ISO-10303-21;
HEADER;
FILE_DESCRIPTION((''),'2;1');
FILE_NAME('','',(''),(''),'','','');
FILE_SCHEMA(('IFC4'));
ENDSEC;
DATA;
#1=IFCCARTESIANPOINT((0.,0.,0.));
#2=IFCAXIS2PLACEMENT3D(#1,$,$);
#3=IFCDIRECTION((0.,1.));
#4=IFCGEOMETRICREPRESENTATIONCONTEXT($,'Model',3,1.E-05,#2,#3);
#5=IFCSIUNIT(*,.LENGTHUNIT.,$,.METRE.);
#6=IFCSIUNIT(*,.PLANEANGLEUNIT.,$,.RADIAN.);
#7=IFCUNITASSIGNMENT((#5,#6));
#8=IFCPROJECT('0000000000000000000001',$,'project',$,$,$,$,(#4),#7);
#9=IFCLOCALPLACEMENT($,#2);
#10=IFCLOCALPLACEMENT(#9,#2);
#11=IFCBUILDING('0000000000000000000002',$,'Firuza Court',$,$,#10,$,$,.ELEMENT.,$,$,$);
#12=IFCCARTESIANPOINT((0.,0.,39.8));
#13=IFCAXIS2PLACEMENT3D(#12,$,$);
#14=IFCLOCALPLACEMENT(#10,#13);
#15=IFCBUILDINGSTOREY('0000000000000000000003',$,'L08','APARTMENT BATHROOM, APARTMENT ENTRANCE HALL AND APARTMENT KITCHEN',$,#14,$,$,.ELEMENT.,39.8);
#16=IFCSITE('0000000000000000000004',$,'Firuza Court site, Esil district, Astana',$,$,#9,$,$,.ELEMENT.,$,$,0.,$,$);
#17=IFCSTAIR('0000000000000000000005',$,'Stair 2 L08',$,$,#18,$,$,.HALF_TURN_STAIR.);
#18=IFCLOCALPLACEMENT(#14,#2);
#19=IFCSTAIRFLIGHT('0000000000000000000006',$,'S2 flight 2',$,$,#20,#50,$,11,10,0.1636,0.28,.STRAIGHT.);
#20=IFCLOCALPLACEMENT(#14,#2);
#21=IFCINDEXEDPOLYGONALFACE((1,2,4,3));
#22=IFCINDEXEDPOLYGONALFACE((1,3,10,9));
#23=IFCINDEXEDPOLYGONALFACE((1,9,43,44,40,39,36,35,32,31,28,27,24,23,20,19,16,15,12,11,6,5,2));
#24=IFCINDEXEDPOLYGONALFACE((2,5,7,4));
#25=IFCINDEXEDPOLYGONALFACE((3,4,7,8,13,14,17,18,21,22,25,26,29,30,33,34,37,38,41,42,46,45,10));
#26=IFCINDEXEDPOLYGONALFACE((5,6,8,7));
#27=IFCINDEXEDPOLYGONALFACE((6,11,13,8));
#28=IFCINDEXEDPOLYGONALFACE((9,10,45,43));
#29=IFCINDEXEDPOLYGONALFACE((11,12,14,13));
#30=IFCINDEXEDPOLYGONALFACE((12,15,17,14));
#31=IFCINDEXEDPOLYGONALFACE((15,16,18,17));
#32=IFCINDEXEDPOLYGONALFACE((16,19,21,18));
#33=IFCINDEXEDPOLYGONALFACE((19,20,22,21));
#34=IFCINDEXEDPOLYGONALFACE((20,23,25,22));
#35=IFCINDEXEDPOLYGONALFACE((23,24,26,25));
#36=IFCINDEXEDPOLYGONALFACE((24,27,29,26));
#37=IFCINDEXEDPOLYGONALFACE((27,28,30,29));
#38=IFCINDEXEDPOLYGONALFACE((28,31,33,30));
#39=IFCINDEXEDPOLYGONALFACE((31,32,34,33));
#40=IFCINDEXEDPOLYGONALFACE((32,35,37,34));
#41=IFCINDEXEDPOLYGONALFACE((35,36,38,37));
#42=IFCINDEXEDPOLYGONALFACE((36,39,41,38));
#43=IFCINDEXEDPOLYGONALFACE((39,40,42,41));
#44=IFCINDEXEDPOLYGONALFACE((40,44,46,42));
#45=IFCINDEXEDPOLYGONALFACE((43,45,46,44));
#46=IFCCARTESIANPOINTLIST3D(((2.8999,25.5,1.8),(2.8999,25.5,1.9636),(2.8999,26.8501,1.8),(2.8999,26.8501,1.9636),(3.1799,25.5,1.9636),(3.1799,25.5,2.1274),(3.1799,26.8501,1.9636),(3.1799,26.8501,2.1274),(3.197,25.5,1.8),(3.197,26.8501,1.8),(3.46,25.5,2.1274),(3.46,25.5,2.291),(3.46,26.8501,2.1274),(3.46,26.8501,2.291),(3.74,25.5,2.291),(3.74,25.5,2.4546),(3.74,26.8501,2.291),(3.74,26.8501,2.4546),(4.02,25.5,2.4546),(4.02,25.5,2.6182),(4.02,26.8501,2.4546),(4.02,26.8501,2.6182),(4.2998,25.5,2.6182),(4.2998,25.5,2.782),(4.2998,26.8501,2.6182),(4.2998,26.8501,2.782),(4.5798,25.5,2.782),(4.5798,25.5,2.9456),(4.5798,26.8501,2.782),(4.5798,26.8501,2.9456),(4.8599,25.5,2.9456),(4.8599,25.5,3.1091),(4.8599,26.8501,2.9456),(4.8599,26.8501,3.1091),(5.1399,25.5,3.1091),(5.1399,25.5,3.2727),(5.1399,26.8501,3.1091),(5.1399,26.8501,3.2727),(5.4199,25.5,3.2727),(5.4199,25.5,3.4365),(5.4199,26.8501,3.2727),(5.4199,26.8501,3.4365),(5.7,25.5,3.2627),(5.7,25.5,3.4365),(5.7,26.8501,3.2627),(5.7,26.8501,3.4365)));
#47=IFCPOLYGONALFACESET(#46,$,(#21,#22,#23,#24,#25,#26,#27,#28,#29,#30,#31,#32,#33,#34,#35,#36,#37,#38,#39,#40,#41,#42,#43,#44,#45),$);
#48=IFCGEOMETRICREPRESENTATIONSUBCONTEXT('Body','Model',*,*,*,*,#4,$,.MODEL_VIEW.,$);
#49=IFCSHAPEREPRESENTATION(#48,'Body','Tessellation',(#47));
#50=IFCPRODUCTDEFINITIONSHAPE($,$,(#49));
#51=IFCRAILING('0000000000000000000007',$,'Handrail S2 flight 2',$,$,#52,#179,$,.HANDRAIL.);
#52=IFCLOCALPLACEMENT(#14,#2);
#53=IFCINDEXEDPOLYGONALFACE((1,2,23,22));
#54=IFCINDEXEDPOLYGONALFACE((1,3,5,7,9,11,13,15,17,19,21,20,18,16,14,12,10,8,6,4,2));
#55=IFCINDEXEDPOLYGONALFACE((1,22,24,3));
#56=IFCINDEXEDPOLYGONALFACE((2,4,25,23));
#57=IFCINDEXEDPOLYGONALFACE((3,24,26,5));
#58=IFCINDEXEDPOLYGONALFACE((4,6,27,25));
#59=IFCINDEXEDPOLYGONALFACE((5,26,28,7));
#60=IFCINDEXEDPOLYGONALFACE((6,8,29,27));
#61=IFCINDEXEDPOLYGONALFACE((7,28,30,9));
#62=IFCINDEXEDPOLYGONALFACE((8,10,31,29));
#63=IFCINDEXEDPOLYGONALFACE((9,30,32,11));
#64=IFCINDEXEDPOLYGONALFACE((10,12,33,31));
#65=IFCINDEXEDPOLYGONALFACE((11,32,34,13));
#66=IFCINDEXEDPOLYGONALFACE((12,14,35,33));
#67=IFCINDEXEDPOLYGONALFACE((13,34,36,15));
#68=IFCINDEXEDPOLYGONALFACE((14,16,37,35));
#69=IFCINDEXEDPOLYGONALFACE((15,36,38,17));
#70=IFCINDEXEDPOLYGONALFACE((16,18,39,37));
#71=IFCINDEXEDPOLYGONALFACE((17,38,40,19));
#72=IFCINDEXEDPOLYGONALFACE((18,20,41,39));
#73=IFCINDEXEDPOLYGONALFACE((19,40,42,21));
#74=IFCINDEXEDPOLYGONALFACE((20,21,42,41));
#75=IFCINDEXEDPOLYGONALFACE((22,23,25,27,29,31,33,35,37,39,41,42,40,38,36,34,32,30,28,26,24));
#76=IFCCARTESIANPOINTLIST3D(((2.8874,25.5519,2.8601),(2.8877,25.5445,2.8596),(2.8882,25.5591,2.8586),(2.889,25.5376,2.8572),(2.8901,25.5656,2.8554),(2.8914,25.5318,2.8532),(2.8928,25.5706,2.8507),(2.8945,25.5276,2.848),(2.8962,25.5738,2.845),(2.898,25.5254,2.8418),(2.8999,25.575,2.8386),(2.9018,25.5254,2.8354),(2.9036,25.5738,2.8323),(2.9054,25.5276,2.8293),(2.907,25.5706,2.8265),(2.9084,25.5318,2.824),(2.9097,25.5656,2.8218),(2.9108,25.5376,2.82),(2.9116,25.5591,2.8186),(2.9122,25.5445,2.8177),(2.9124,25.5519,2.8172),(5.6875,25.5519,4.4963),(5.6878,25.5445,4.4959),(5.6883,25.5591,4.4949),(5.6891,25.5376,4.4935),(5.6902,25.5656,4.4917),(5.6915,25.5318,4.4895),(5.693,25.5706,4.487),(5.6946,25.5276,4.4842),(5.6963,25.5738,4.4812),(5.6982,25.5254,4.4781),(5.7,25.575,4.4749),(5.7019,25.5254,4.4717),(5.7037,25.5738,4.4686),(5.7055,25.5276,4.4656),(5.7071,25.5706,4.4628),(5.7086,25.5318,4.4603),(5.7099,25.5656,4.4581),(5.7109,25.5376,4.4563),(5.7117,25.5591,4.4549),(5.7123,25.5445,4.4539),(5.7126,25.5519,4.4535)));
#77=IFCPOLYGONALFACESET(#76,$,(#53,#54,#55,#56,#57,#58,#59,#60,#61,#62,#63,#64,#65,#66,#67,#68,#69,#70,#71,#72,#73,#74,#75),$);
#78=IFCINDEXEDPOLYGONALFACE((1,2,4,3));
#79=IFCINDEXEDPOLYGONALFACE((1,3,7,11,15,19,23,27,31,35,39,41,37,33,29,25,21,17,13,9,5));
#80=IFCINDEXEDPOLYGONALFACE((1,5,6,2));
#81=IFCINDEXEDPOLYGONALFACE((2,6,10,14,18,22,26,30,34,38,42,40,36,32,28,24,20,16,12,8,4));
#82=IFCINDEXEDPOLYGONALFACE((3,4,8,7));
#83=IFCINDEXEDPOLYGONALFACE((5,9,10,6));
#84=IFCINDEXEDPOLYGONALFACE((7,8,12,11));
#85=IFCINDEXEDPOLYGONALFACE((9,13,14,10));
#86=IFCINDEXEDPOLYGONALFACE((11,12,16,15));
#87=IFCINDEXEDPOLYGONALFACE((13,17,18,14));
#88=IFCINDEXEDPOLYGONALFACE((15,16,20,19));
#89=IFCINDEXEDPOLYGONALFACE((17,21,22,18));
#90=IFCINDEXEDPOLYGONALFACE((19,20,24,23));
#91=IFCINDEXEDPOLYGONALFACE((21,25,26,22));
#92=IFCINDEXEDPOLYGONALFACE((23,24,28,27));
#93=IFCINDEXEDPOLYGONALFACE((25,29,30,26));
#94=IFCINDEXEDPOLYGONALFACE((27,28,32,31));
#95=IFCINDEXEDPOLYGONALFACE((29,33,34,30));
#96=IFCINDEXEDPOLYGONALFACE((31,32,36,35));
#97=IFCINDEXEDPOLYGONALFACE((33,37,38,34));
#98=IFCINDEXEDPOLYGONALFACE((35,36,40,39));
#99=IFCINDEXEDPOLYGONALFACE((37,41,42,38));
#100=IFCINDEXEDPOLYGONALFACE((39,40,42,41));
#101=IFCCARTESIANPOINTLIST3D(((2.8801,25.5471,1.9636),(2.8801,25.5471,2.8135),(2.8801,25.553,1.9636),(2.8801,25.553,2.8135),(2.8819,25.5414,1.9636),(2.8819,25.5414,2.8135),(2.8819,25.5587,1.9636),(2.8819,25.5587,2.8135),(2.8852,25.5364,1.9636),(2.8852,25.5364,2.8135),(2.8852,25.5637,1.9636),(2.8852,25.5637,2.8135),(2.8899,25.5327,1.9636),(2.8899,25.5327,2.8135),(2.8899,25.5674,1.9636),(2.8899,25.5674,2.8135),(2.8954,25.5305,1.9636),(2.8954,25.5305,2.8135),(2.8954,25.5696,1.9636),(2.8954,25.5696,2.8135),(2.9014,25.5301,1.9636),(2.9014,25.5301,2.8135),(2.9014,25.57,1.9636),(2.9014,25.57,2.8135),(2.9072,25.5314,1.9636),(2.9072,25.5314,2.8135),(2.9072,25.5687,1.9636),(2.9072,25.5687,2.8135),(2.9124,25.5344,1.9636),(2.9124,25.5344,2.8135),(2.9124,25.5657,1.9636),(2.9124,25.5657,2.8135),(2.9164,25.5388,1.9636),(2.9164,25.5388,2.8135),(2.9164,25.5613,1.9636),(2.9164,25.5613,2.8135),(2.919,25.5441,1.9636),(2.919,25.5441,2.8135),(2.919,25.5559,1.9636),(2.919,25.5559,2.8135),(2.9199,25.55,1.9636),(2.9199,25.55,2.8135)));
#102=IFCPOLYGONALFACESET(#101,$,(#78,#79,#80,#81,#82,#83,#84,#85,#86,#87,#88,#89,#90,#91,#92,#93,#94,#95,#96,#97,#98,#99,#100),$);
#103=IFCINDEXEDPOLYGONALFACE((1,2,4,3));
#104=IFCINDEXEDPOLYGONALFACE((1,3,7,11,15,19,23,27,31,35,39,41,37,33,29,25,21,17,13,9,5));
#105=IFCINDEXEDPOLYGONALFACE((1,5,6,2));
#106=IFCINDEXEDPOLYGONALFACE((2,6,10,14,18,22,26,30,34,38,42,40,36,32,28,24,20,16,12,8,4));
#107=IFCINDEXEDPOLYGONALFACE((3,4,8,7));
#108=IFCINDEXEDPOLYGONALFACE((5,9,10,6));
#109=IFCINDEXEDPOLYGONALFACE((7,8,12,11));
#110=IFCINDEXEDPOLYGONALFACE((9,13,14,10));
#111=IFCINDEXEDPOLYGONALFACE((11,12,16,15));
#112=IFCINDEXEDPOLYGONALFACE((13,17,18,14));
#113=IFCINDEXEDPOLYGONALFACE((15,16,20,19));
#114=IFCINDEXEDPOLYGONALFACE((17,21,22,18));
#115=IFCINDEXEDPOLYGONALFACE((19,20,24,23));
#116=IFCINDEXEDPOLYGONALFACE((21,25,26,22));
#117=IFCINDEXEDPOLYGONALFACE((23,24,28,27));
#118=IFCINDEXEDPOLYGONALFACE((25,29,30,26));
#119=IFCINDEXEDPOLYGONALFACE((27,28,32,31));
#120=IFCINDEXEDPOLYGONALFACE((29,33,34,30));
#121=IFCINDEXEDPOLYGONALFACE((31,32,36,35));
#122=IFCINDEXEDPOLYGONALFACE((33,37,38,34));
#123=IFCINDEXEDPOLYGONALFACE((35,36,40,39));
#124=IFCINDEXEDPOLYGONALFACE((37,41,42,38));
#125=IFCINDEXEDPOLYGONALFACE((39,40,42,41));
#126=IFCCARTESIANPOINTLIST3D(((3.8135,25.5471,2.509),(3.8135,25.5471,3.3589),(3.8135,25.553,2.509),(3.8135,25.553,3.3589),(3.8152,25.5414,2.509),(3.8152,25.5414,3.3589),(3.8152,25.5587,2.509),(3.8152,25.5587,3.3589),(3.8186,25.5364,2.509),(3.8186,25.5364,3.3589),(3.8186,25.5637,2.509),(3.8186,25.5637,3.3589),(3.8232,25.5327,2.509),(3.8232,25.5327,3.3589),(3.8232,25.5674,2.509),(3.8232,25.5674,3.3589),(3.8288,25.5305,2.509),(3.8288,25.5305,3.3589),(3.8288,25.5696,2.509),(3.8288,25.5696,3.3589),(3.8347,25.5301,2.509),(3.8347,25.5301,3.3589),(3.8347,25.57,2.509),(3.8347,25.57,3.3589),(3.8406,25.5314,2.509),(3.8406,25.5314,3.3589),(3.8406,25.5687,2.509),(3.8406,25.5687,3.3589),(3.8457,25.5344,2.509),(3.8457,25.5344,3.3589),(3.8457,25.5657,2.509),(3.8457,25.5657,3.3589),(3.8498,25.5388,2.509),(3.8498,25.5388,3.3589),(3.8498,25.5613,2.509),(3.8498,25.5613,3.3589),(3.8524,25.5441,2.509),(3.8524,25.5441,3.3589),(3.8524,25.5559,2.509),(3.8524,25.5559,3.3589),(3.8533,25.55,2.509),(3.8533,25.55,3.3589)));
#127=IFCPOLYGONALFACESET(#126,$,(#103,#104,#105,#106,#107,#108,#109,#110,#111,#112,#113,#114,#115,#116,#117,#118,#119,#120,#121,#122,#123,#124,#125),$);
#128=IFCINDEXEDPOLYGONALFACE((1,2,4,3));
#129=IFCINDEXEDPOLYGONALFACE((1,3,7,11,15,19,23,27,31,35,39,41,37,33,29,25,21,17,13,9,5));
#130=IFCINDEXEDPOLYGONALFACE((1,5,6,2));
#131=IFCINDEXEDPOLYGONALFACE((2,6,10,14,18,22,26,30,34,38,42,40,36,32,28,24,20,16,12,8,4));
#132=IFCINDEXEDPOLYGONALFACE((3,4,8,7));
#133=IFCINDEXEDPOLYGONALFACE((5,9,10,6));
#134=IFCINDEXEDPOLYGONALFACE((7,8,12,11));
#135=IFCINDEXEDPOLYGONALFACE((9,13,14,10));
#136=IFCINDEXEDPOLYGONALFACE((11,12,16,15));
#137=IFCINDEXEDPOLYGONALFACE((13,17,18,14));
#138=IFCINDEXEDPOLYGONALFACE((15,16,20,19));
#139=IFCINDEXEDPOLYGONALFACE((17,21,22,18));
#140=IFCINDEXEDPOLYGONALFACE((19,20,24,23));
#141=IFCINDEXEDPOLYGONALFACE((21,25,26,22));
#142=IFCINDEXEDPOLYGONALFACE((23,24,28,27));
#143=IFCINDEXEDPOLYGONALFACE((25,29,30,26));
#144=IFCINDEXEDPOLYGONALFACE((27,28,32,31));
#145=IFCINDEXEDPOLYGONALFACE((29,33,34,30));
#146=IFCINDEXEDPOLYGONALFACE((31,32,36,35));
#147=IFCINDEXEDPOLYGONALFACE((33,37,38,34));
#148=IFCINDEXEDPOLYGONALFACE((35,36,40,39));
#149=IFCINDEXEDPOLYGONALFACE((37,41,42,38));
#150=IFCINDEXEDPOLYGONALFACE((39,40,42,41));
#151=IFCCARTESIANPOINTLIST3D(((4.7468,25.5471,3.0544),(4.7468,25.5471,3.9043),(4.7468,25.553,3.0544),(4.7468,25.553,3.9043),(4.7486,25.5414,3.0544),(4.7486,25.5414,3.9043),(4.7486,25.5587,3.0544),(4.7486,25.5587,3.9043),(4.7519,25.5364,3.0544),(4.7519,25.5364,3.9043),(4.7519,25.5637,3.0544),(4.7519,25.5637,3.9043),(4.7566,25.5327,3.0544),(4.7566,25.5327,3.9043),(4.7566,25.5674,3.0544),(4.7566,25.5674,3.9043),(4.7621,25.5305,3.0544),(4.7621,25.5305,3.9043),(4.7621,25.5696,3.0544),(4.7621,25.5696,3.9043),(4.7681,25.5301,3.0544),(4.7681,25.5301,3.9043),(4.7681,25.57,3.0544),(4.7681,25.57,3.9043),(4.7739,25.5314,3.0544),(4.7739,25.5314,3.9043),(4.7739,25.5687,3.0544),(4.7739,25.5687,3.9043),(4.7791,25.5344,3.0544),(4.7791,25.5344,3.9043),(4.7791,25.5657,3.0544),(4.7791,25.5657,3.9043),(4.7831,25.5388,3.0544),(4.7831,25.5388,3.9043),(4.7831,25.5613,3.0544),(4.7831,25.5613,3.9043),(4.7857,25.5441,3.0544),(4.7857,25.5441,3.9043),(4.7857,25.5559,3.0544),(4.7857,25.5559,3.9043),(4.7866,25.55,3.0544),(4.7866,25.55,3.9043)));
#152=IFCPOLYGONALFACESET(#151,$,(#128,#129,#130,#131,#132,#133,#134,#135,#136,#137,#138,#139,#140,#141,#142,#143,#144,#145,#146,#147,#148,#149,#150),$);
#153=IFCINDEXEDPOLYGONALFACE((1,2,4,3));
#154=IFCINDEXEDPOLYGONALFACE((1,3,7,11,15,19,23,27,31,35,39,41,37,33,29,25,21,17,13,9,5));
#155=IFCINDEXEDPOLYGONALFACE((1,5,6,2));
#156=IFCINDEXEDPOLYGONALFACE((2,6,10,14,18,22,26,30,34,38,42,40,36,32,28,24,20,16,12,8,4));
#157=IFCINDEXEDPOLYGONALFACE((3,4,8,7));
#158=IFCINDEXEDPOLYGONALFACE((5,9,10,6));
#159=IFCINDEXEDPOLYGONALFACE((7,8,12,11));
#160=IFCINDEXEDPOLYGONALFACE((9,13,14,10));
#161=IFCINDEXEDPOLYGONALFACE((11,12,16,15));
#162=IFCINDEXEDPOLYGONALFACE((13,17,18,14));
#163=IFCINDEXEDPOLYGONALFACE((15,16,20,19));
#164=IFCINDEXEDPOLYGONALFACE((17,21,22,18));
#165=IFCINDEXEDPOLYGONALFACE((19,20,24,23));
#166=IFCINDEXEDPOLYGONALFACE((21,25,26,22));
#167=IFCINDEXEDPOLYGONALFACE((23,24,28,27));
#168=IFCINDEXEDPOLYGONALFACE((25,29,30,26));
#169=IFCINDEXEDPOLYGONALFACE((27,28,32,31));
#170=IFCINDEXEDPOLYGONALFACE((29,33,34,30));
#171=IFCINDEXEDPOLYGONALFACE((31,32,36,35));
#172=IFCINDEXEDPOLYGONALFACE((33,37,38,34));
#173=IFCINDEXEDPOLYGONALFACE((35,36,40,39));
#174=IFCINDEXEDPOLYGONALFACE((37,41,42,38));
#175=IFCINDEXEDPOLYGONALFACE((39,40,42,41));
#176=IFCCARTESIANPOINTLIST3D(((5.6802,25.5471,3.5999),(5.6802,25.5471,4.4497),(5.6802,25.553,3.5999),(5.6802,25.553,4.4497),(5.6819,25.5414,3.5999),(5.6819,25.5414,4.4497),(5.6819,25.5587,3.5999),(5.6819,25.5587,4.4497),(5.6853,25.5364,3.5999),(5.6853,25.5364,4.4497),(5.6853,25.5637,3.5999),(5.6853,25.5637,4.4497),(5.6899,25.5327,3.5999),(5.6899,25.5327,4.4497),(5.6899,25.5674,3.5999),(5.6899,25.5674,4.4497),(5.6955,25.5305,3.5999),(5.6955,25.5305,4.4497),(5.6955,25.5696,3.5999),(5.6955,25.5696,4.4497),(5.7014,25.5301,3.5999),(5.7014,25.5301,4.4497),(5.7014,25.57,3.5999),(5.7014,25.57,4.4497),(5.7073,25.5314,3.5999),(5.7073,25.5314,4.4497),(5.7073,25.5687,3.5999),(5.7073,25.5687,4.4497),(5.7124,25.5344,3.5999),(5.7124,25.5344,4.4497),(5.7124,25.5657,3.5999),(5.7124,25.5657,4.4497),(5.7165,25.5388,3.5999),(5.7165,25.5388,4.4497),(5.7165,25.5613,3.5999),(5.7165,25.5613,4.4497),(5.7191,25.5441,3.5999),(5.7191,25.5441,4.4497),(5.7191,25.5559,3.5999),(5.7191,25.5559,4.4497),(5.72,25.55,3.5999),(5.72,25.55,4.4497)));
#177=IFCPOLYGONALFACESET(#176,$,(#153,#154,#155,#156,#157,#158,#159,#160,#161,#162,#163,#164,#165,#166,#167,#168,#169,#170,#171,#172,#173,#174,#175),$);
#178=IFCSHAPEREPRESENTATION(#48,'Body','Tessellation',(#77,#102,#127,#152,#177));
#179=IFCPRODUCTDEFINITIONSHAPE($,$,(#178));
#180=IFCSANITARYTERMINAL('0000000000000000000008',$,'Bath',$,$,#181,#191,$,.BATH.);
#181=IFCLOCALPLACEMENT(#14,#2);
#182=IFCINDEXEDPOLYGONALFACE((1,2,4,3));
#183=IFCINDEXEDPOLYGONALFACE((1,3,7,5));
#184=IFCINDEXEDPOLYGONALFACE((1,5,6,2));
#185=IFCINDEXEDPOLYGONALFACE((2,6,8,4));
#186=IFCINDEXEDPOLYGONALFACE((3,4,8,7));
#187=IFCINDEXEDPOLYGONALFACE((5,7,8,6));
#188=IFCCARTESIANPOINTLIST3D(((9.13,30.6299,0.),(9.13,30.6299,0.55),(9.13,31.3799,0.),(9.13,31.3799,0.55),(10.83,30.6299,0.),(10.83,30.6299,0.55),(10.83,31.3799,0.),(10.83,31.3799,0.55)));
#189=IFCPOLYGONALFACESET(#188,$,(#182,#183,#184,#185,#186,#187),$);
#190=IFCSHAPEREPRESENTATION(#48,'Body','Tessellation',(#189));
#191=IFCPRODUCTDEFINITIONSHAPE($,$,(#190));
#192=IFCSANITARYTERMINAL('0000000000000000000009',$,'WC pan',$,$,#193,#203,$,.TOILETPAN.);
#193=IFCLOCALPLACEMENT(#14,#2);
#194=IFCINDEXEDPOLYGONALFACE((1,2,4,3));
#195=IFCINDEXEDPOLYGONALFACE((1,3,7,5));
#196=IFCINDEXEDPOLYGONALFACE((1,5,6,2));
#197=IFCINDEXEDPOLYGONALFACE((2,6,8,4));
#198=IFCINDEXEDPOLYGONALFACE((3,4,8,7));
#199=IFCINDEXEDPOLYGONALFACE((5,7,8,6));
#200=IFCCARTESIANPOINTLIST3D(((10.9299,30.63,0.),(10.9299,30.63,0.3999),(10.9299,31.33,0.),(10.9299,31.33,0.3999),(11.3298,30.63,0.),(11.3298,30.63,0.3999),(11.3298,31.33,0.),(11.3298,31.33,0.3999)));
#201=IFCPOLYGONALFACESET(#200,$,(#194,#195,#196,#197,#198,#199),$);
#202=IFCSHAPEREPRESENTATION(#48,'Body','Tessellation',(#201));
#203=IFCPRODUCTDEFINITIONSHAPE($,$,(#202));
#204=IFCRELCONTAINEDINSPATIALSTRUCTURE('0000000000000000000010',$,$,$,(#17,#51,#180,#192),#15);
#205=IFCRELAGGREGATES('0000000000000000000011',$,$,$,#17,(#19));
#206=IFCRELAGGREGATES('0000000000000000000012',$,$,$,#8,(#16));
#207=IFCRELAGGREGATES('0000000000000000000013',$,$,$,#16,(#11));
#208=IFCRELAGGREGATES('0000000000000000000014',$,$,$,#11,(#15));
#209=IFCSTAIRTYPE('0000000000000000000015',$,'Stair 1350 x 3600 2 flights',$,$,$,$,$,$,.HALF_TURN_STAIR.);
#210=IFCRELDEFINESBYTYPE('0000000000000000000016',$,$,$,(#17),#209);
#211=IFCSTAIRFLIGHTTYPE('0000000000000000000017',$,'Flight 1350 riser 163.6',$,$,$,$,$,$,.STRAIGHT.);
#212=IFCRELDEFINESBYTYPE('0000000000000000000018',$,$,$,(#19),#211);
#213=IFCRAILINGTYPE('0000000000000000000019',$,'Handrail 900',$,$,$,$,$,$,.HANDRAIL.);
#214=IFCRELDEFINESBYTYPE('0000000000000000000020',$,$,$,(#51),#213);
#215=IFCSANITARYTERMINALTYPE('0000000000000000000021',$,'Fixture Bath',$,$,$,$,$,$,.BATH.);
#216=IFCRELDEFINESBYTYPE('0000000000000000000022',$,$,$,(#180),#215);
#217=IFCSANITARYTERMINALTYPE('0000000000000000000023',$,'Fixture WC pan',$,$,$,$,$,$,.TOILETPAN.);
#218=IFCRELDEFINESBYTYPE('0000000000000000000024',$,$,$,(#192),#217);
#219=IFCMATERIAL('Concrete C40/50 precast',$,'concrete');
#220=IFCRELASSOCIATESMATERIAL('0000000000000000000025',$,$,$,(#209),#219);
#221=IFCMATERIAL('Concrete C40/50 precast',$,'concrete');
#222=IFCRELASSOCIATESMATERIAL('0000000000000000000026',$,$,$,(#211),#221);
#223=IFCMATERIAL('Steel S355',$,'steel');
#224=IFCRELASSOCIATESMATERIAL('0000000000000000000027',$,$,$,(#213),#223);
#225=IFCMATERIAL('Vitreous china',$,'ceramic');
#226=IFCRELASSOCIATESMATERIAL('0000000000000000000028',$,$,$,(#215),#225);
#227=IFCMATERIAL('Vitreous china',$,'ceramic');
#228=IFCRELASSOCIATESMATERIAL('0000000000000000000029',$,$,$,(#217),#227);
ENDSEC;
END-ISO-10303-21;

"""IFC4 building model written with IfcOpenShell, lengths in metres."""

from ifc_helpers import new_model, si_unit, direction, frame, origin, origin_2d, place, context, subcontext, project, spatial, polyline, rectangle, circle, outline, extrude, material, type_object, element, aggregate, save


model = new_model("IFC4")

# Units and contexts
model_context = context("Model", 3, precision=1e-05, world=origin(), true_north=direction((0.0, 1.0)))
body_context = subcontext(model_context, "Body", "Model", "MODEL_VIEW")
ifc_project = project(units=[si_unit("LENGTHUNIT", "METRE"), si_unit("PLANEANGLEUNIT", "RADIAN")], contexts=[model_context])

# Site, building, storey
site_placement = place(None, origin())
site = spatial("IfcSite", under=ifc_project, at=site_placement, Name="Firuza Court site, Esil district, Astana", CompositionType="ELEMENT", RefElevation=0.0)
building_placement = place(site_placement, origin())
building = spatial("IfcBuilding", under=site, at=building_placement, Name="Firuza Court", CompositionType="ELEMENT")
storey_placement = place(building_placement, frame((0.0, 0.0, 39.8)))
storey = spatial("IfcBuildingStorey", under=building, at=storey_placement, Name="L08", Description="APARTMENT BATHROOM, APARTMENT ENTRANCE HALL AND APARTMENT KITCHEN", CompositionType="ELEMENT", Elevation=39.8)

# Stair, stair flight
ifc_material_1 = material(Name="Concrete C40/50 precast", Category="concrete")
stair_type = type_object("IfcStairType", Name="Stair 1350 x 3600 2 flights", PredefinedType="HALF_TURN_STAIR", material=ifc_material_1)
stair_placement = place(storey_placement, origin())
stair = element("IfcStair", 1, at=stair_placement, inside=storey, type_object=stair_type, Name="Stair 2 L08", PredefinedType="HALF_TURN_STAIR")
ifc_material_2 = material(Name="Concrete C40/50 precast", Category="concrete")
stair_flight_type = type_object("IfcStairFlightType", Name="Flight 1350 riser 163.6", PredefinedType="STRAIGHT", material=ifc_material_2)
stair_flight_placement = place(storey_placement, frame((2.8999, 26.175, 1.8), z_axis=(0.0, 0.0, 1.0), x_axis=(1.0, 0.0, 0.0)))
stair_flight = element("IfcStairFlight", 2, at=stair_flight_placement, type_object=stair_flight_type, Name="S2 flight 2", NumberOfRisers=11, NumberOfTreads=10, PredefinedType="STRAIGHT", RiserHeight=0.1636, TreadLength=0.28, context=body_context, shape_type="SweptSolid", body=[
    extrude(outline(polyline([(0.0, 0.0), (0.0, 0.1636), (0.28, 0.1636), (0.28, 0.3274), (0.5601, 0.3274), (0.5601, 0.491), (0.8401, 0.491), (0.8401, 0.6545), (1.1201, 0.6545), (1.1201, 0.8181), (1.3999, 0.8181), (1.3999, 0.9819), (1.6799, 0.9819), (1.6799, 1.1455), (1.96, 1.1455), (1.96, 1.3091), (2.24, 1.3091), (2.24, 1.4727), (2.52, 1.4727), (2.52, 1.6365), (2.8, 1.6365), (2.8, 1.8), (2.8, 1.4626), (0.2971, 0.0), (0.0, 0.0)])), frame((0.0, 0.675, 0.0), z_axis=(0.0, -1.0, 0.0), x_axis=(1.0, 0.0, 0.0)), (0.0, 0.0, 1.0), 1.3501),
])
aggregate(stair, [stair_flight])

# Railing
ifc_material_3 = material(Name="Steel S355", Category="steel")
railing_type = type_object("IfcRailingType", Name="Handrail 900", PredefinedType="HANDRAIL", material=ifc_material_3)
railing_placement = place(storey_placement, frame((2.8999, 25.55, 1.9636)))
element("IfcRailing", 3, at=railing_placement, inside=storey, type_object=railing_type, Name="Handrail S2 flight 2", PredefinedType="HANDRAIL", context=body_context, shape_type="SweptSolid", body=[
    extrude(circle(Radius=0.0249, at=origin_2d()), frame((0.0, 0.0, 0.875), z_axis=(0.863394, 0.0, 0.504531), x_axis=(0.0, 1.0, 0.0)), (0.0, 0.0, 1.0), 3.2432),
    extrude(circle(Radius=0.02, at=origin_2d()), origin(), (0.0, 0.0, 1.0), 0.8499),
    extrude(circle(Radius=0.02, at=origin_2d()), frame((0.9333, 0.0, 0.5454)), (0.0, 0.0, 1.0), 0.8499),
    extrude(circle(Radius=0.02, at=origin_2d()), frame((1.8667, 0.0, 1.0908)), (0.0, 0.0, 1.0), 0.8499),
    extrude(circle(Radius=0.02, at=origin_2d()), frame((2.8, 0.0, 1.6362)), (0.0, 0.0, 1.0), 0.8499),
])

# Sanitary terminals
ifc_material_4 = material(Name="Vitreous china", Category="ceramic")
sanitary_terminal_type_1 = type_object("IfcSanitaryTerminalType", Name="Fixture Bath", PredefinedType="BATH", material=ifc_material_4)
sanitary_terminal_placement = place(storey_placement, frame((9.98, 31.0049, 0.0), z_axis=(0.0, 0.0, 1.0), x_axis=(1.0, 0.0, 0.0)))
element("IfcSanitaryTerminal", 4, at=sanitary_terminal_placement, inside=storey, type_object=sanitary_terminal_type_1, Name="Bath", PredefinedType="BATH", context=body_context, shape_type="SweptSolid", body=[
    extrude(rectangle(XDim=1.7, YDim=0.75, at=origin_2d()), origin(), (0.0, 0.0, 1.0), 0.55),
])
ifc_material_5 = material(Name="Vitreous china", Category="ceramic")
sanitary_terminal_type_2 = type_object("IfcSanitaryTerminalType", Name="Fixture WC pan", PredefinedType="TOILETPAN", material=ifc_material_5)
for number, where, z_axis, x_axis, name in (
    (5, (11.1299, 30.98, 0.0), (0.0, 0.0, 1.0), (1.0, 0.0, 0.0), "WC pan"),
):
    element("IfcSanitaryTerminal", number, at=place(storey_placement, frame(where, z_axis=z_axis, x_axis=x_axis)), inside=storey, type_object=sanitary_terminal_type_2, Name=name, PredefinedType="TOILETPAN", context=body_context, shape_type="SweptSolid", body=[
        extrude(rectangle(XDim=0.3999, YDim=0.7, at=origin_2d()), origin(), (0.0, 0.0, 1.0), 0.3999),
    ])

save(model, "model.ifc")
